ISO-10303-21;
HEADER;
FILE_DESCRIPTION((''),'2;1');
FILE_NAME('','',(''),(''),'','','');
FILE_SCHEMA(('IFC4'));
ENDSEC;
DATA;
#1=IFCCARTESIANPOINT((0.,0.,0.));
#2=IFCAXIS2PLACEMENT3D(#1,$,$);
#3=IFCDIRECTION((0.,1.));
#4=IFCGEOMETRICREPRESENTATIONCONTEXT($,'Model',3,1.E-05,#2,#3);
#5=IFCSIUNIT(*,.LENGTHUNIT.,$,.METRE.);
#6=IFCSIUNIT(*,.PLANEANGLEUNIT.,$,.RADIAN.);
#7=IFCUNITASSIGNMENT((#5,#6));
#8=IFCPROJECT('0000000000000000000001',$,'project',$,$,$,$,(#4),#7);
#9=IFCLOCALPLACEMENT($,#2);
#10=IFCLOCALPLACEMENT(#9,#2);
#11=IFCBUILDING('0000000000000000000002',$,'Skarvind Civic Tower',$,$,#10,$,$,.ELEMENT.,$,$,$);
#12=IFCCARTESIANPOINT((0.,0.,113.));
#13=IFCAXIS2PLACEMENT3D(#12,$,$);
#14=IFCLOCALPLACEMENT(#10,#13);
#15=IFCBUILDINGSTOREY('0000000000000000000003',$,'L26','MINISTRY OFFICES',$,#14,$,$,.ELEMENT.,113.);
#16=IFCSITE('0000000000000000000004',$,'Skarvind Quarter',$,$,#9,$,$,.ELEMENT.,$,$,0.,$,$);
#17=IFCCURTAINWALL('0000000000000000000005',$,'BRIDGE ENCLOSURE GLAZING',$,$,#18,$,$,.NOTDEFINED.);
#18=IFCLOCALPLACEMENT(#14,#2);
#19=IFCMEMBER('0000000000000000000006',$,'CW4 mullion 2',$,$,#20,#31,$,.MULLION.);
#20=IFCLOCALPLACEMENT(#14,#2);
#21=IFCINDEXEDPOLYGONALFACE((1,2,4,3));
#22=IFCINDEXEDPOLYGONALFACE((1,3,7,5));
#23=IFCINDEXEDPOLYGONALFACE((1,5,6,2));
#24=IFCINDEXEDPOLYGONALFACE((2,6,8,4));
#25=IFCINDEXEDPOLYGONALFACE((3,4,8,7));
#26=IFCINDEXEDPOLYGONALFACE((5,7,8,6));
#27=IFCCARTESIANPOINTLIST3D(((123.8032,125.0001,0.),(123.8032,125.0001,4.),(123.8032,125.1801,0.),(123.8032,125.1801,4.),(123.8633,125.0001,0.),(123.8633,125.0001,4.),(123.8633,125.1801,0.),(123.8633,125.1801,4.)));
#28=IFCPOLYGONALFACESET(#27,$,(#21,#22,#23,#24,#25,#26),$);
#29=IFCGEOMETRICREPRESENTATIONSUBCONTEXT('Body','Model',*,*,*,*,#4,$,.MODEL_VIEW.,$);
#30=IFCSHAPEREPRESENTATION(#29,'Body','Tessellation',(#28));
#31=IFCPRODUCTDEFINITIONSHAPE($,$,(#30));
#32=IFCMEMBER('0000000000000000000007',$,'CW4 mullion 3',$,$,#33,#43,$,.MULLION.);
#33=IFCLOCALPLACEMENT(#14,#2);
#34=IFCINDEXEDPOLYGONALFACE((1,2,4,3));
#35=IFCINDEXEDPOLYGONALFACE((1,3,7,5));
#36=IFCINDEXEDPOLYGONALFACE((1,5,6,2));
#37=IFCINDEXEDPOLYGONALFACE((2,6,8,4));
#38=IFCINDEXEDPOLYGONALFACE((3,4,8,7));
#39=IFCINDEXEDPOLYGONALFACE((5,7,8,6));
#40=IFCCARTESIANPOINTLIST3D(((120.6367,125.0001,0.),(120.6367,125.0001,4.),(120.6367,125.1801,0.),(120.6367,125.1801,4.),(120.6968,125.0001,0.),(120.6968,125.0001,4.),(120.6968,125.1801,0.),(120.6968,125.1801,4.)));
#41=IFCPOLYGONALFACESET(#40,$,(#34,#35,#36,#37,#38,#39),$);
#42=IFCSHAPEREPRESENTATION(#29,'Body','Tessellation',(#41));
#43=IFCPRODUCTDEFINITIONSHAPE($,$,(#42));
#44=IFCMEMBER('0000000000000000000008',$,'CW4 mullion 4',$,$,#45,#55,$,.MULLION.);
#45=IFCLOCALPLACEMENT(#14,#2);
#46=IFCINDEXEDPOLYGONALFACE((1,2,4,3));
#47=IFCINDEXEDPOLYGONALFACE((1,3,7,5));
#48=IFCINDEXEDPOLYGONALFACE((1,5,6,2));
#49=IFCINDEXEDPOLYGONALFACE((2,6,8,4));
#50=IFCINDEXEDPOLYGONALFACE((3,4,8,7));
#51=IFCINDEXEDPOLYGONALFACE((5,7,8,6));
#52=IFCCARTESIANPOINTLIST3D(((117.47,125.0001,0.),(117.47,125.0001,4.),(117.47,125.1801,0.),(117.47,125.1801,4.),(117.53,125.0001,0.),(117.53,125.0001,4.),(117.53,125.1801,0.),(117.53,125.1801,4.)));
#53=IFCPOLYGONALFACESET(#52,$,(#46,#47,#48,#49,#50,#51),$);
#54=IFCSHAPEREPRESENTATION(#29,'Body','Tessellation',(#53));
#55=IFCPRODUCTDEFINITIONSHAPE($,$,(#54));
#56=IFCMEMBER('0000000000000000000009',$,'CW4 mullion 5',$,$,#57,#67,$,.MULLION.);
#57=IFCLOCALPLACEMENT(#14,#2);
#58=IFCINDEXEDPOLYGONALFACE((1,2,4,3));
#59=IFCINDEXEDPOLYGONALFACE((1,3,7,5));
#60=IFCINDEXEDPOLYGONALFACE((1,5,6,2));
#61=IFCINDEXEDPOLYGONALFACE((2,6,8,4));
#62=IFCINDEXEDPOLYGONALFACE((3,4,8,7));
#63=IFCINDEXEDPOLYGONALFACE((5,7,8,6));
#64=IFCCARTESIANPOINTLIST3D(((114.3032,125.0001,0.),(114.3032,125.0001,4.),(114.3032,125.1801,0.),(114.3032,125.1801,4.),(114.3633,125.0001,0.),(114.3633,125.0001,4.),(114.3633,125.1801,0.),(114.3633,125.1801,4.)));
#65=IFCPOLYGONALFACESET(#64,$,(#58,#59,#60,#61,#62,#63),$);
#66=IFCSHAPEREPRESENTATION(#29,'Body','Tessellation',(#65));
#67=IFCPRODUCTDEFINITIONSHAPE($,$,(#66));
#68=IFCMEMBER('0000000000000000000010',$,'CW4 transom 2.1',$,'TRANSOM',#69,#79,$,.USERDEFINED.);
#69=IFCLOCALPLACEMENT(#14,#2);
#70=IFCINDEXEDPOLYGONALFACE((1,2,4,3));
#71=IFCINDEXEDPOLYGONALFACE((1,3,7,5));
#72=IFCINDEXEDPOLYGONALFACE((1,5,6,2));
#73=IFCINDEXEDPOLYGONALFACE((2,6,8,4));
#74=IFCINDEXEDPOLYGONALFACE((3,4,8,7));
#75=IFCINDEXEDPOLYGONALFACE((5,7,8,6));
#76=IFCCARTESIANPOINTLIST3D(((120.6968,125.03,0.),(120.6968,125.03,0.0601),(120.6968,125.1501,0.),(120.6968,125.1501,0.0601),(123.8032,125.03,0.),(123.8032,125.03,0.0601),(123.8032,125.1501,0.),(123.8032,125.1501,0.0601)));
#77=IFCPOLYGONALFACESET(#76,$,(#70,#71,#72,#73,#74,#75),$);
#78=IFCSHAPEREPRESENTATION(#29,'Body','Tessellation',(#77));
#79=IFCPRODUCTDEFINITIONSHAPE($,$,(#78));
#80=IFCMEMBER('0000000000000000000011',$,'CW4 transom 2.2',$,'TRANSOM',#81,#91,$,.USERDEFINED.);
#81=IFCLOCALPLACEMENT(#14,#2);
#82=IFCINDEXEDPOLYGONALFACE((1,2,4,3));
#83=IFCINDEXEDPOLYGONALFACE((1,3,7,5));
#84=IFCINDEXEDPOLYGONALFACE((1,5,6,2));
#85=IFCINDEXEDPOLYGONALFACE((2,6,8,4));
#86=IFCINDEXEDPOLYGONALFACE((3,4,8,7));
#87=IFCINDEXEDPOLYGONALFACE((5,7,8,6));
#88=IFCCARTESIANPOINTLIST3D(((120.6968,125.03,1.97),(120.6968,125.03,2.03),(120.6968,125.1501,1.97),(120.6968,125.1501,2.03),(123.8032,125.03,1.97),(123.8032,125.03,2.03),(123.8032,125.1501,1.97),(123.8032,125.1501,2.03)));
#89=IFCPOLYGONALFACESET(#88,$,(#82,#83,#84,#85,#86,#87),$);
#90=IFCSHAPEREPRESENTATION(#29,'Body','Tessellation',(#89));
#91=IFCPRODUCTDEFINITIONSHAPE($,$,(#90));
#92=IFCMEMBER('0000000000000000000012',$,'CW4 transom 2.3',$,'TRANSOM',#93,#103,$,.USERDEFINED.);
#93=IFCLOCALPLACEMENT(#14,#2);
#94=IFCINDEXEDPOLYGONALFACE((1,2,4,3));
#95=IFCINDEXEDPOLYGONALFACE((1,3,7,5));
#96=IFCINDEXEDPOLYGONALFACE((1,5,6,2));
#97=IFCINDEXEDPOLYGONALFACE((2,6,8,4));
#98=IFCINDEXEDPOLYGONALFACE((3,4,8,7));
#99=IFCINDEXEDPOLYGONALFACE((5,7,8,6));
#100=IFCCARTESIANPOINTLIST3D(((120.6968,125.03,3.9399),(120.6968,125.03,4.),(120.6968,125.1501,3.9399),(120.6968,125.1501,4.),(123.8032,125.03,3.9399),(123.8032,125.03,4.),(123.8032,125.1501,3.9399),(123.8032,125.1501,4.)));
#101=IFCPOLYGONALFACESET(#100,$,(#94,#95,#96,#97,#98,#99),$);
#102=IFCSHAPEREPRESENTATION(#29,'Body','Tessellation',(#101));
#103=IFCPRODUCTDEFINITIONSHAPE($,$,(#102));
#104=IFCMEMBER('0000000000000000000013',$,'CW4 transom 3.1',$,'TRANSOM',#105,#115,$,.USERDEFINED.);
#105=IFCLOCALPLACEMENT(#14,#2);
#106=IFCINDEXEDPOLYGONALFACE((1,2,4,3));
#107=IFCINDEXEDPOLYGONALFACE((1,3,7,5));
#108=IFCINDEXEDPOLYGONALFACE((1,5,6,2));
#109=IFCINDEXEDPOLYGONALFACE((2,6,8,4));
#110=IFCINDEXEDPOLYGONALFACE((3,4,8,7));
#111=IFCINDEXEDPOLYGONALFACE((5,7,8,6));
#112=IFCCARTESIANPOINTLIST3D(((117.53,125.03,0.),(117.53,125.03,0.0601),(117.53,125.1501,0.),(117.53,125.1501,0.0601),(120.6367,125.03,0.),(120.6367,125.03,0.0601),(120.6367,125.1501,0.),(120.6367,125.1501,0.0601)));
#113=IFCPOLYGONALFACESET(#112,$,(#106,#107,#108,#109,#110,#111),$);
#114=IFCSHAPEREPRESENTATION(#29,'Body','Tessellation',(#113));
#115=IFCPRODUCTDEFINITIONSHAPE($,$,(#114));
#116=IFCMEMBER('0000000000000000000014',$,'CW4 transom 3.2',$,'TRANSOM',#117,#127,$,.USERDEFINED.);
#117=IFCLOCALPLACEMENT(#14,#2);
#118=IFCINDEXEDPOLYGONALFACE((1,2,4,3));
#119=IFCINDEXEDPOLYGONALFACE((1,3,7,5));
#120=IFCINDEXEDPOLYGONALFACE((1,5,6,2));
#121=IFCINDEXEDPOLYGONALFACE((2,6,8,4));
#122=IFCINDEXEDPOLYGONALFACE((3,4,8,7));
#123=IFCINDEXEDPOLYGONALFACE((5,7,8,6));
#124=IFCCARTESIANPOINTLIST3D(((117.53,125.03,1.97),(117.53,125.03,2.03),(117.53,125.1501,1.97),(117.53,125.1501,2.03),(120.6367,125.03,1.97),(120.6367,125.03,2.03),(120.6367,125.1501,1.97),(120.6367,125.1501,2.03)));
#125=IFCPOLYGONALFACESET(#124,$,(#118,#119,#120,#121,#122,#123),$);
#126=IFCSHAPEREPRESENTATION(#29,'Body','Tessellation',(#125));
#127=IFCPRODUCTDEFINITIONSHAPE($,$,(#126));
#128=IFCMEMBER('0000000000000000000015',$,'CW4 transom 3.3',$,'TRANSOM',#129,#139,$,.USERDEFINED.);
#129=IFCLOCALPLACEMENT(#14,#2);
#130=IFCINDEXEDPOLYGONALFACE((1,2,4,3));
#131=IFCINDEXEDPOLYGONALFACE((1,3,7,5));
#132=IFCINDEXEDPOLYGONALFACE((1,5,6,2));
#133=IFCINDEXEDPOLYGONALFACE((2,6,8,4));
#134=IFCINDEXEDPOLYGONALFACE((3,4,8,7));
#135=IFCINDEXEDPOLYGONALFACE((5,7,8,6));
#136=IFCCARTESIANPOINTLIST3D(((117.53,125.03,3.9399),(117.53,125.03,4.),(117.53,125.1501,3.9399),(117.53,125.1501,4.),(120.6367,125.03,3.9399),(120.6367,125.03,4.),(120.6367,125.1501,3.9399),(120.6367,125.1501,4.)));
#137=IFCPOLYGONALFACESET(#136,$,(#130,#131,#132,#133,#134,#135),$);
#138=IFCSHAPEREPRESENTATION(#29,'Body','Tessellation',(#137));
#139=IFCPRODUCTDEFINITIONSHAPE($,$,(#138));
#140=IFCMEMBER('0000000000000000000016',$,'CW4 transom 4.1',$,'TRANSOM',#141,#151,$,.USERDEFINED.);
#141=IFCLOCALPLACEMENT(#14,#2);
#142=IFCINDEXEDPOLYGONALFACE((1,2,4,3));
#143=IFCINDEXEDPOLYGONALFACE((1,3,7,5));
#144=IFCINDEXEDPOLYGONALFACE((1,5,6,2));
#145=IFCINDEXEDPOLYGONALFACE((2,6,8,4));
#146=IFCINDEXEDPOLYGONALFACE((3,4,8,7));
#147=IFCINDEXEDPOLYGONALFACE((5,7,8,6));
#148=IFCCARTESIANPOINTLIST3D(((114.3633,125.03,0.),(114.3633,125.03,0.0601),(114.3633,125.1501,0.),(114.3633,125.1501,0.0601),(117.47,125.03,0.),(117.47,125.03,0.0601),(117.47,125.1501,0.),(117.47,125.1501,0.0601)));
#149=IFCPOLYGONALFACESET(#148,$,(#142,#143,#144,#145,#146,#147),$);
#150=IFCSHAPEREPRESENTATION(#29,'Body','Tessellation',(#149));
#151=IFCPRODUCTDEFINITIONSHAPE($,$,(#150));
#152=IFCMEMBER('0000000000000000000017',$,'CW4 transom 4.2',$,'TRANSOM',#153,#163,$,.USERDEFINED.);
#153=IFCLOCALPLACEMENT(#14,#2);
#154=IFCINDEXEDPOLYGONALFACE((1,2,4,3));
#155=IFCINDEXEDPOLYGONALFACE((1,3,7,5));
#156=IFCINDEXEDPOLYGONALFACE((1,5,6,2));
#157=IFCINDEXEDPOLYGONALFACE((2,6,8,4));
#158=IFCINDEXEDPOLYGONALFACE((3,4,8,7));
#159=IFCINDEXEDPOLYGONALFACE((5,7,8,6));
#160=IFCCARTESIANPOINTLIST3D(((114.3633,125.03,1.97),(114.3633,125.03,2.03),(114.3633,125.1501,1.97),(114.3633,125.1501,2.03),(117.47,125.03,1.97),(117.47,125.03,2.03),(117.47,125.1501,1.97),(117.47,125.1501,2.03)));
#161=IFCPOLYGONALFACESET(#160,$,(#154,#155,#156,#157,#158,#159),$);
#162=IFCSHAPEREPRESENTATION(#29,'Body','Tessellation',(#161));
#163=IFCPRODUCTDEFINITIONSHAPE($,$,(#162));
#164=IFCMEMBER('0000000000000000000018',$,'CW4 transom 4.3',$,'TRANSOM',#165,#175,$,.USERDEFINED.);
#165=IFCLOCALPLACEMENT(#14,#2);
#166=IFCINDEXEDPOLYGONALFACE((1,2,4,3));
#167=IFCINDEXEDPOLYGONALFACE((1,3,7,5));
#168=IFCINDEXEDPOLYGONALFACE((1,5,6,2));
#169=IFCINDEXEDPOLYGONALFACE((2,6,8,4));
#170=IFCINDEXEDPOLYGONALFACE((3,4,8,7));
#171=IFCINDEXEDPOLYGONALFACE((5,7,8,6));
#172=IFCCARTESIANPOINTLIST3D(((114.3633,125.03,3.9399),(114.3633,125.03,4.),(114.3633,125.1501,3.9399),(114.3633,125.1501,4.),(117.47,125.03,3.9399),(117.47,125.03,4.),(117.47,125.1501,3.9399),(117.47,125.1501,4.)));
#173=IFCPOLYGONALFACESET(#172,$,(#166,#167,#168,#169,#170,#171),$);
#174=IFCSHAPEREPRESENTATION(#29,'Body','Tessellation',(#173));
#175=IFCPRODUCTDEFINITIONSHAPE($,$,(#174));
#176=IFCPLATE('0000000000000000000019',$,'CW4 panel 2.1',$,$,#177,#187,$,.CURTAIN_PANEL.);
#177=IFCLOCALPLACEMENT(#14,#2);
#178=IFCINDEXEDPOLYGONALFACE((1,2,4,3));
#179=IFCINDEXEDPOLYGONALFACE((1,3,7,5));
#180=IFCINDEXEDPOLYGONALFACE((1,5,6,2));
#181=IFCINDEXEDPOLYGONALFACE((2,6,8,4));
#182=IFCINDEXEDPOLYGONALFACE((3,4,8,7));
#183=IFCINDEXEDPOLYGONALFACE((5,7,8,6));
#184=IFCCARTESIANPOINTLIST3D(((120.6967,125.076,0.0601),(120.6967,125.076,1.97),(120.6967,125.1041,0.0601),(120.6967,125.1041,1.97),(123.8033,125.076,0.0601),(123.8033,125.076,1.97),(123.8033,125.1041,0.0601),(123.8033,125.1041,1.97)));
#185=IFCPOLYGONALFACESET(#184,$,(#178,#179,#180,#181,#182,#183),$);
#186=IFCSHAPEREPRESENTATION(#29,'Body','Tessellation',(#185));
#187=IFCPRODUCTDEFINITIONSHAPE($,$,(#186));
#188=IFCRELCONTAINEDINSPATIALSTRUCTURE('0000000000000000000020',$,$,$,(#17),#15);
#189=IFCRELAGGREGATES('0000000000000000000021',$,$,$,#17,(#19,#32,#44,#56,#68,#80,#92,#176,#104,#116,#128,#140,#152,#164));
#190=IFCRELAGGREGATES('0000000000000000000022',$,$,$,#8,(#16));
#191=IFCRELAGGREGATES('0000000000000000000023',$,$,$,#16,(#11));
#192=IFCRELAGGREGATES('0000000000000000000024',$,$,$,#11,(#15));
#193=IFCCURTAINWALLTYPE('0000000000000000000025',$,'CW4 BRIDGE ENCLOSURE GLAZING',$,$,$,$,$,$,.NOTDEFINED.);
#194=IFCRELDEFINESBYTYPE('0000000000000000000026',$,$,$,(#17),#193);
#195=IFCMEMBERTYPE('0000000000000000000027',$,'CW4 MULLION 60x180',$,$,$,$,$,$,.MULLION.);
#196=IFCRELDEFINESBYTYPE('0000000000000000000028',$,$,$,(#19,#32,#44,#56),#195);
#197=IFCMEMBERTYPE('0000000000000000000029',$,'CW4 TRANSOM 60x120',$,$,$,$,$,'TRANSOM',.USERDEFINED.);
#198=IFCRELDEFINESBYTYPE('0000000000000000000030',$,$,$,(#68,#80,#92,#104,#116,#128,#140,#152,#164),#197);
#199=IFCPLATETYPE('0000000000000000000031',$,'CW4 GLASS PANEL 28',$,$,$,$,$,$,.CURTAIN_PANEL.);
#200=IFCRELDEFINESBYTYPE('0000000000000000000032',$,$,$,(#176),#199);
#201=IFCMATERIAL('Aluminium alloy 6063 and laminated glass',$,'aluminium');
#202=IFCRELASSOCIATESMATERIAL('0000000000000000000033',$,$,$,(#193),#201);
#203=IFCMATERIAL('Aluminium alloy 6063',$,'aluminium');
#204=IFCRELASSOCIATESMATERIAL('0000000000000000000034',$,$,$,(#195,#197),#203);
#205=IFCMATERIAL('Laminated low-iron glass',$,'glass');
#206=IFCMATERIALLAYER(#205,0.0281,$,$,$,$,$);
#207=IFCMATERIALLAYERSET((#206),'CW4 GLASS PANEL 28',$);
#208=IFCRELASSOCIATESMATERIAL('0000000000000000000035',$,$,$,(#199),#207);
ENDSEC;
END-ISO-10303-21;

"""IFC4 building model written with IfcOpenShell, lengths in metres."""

from ifc_helpers import new_model, si_unit, direction, frame, origin, origin_2d, place, context, subcontext, project, spatial, rectangle, extrude, material, layer, layer_set, material_profile, profile_set, type_object, element, aggregate, save


model = new_model("IFC4")

# Units and contexts
model_context = context("Model", 3, precision=1e-05, world=origin(), true_north=direction((0.0, 1.0)))
body_context = subcontext(model_context, "Body", "Model", "MODEL_VIEW")
ifc_project = project(units=[si_unit("LENGTHUNIT", "METRE"), si_unit("PLANEANGLEUNIT", "RADIAN")], contexts=[model_context])

# Site, building, storey
site_placement = place(None, origin())
site = spatial("IfcSite", under=ifc_project, at=site_placement, Name="Skarvind Quarter", CompositionType="ELEMENT", RefElevation=0.0)
building_placement = place(site_placement, origin())
building = spatial("IfcBuilding", under=site, at=building_placement, Name="Skarvind Civic Tower", CompositionType="ELEMENT")
storey_placement = place(building_placement, frame((0.0, 0.0, 113.0)))
storey = spatial("IfcBuildingStorey", under=building, at=storey_placement, Name="L26", Description="MINISTRY OFFICES", CompositionType="ELEMENT", Elevation=113.0)

# Curtain wall, members, plate
ifc_material_1 = material(Name="Aluminium alloy 6063 and laminated glass", Category="aluminium")
curtain_wall_type = type_object("IfcCurtainWallType", Name="CW4 BRIDGE ENCLOSURE GLAZING", PredefinedType="NOTDEFINED", material=ifc_material_1)
curtain_wall_placement = place(storey_placement, origin())
curtain_wall = element("IfcCurtainWall", 1, at=curtain_wall_placement, inside=storey, type_object=curtain_wall_type, Name="BRIDGE ENCLOSURE GLAZING", PredefinedType="NOTDEFINED")
ifc_material_2 = material(Name="Aluminium alloy 6063", Category="aluminium")
ifc_material_profile_1 = material_profile(ifc_material_2, rectangle(XDim=0.1799, YDim=0.0601, at=origin_2d()), Name="AL 60x180")
ifc_profile_set_1 = profile_set([ifc_material_profile_1], Name="Aluminium alloy 6063")
member_type_1 = type_object("IfcMemberType", Name="CW4 MULLION 60x180", PredefinedType="MULLION", material=ifc_profile_set_1)
member_1_placement = place(storey_placement, frame((123.8333, 125.0901, 0.0), z_axis=(0.0, 0.0, 1.0), x_axis=(0.0, -1.0, 0.0)))
member_1 = element("IfcMember", 2, at=member_1_placement, type_object=member_type_1, Name="CW4 mullion 2", PredefinedType="MULLION", context=body_context, shape_type="SweptSolid", body=[
    extrude(rectangle(XDim=0.1799, YDim=0.0601, at=origin_2d()), origin(), (0.0, 0.0, 1.0), 4.0),
])
member_2_placement = place(storey_placement, frame((120.6667, 125.0901, 0.0), z_axis=(0.0, 0.0, 1.0), x_axis=(0.0, -1.0, 0.0)))
member_2 = element("IfcMember", 3, at=member_2_placement, type_object=member_type_1, Name="CW4 mullion 3", PredefinedType="MULLION", context=body_context, shape_type="SweptSolid", body=[
    extrude(rectangle(XDim=0.1799, YDim=0.0601, at=origin_2d()), origin(), (0.0, 0.0, 1.0), 4.0),
])
member_3_placement = place(storey_placement, frame((117.5, 125.0901, 0.0), z_axis=(0.0, 0.0, 1.0), x_axis=(0.0, -1.0, 0.0)))
member_3 = element("IfcMember", 4, at=member_3_placement, type_object=member_type_1, Name="CW4 mullion 4", PredefinedType="MULLION", context=body_context, shape_type="SweptSolid", body=[
    extrude(rectangle(XDim=0.1799, YDim=0.0601, at=origin_2d()), origin(), (0.0, 0.0, 1.0), 4.0),
])
member_4_placement = place(storey_placement, frame((114.3333, 125.0901, 0.0), z_axis=(0.0, 0.0, 1.0), x_axis=(0.0, -1.0, 0.0)))
member_4 = element("IfcMember", 5, at=member_4_placement, type_object=member_type_1, Name="CW4 mullion 5", PredefinedType="MULLION", context=body_context, shape_type="SweptSolid", body=[
    extrude(rectangle(XDim=0.1799, YDim=0.0601, at=origin_2d()), origin(), (0.0, 0.0, 1.0), 4.0),
])
ifc_material_profile_2 = material_profile(ifc_material_2, rectangle(XDim=0.1201, YDim=0.0601, at=origin_2d()), Name="AL 60x120")
ifc_profile_set_2 = profile_set([ifc_material_profile_2], Name="Aluminium alloy 6063")
member_type_2 = type_object("IfcMemberType", Name="CW4 TRANSOM 60x120", ElementType="TRANSOM", PredefinedType="USERDEFINED", material=ifc_profile_set_2)
member_5_placement = place(storey_placement, frame((123.8032, 125.0901, 0.03), z_axis=(-1.0, 0.0, 0.0), x_axis=(0.0, -1.0, 0.0)))
member_5 = element("IfcMember", 6, at=member_5_placement, type_object=member_type_2, Name="CW4 transom 2.1", ObjectType="TRANSOM", PredefinedType="USERDEFINED", context=body_context, shape_type="SweptSolid", body=[
    extrude(rectangle(XDim=0.1201, YDim=0.0601, at=origin_2d()), origin(), (0.0, 0.0, 1.0), 3.1064),
])
member_6_placement = place(storey_placement, frame((123.8032, 125.0901, 2.0), z_axis=(-1.0, 0.0, 0.0), x_axis=(0.0, -1.0, 0.0)))
member_6 = element("IfcMember", 7, at=member_6_placement, type_object=member_type_2, Name="CW4 transom 2.2", ObjectType="TRANSOM", PredefinedType="USERDEFINED", context=body_context, shape_type="SweptSolid", body=[
    extrude(rectangle(XDim=0.1201, YDim=0.0601, at=origin_2d()), origin(), (0.0, 0.0, 1.0), 3.1064),
])
member_7_placement = place(storey_placement, frame((123.8032, 125.0901, 3.97), z_axis=(-1.0, 0.0, 0.0), x_axis=(0.0, -1.0, 0.0)))
member_7 = element("IfcMember", 8, at=member_7_placement, type_object=member_type_2, Name="CW4 transom 2.3", ObjectType="TRANSOM", PredefinedType="USERDEFINED", context=body_context, shape_type="SweptSolid", body=[
    extrude(rectangle(XDim=0.1201, YDim=0.0601, at=origin_2d()), origin(), (0.0, 0.0, 1.0), 3.1064),
])
member_8_placement = place(storey_placement, frame((120.6367, 125.0901, 0.03), z_axis=(-1.0, 0.0, 0.0), x_axis=(0.0, -1.0, 0.0)))
member_8 = element("IfcMember", 9, at=member_8_placement, type_object=member_type_2, Name="CW4 transom 3.1", ObjectType="TRANSOM", PredefinedType="USERDEFINED", context=body_context, shape_type="SweptSolid", body=[
    extrude(rectangle(XDim=0.1201, YDim=0.0601, at=origin_2d()), origin(), (0.0, 0.0, 1.0), 3.1067),
])
member_9_placement = place(storey_placement, frame((120.6367, 125.0901, 2.0), z_axis=(-1.0, 0.0, 0.0), x_axis=(0.0, -1.0, 0.0)))
member_9 = element("IfcMember", 10, at=member_9_placement, type_object=member_type_2, Name="CW4 transom 3.2", ObjectType="TRANSOM", PredefinedType="USERDEFINED", context=body_context, shape_type="SweptSolid", body=[
    extrude(rectangle(XDim=0.1201, YDim=0.0601, at=origin_2d()), origin(), (0.0, 0.0, 1.0), 3.1067),
])
member_10_placement = place(storey_placement, frame((120.6367, 125.0901, 3.97), z_axis=(-1.0, 0.0, 0.0), x_axis=(0.0, -1.0, 0.0)))
member_10 = element("IfcMember", 11, at=member_10_placement, type_object=member_type_2, Name="CW4 transom 3.3", ObjectType="TRANSOM", PredefinedType="USERDEFINED", context=body_context, shape_type="SweptSolid", body=[
    extrude(rectangle(XDim=0.1201, YDim=0.0601, at=origin_2d()), origin(), (0.0, 0.0, 1.0), 3.1067),
])
member_11_placement = place(storey_placement, frame((117.47, 125.0901, 0.03), z_axis=(-1.0, 0.0, 0.0), x_axis=(0.0, -1.0, 0.0)))
member_11 = element("IfcMember", 12, at=member_11_placement, type_object=member_type_2, Name="CW4 transom 4.1", ObjectType="TRANSOM", PredefinedType="USERDEFINED", context=body_context, shape_type="SweptSolid", body=[
    extrude(rectangle(XDim=0.1201, YDim=0.0601, at=origin_2d()), origin(), (0.0, 0.0, 1.0), 3.1067),
])
member_12_placement = place(storey_placement, frame((117.47, 125.0901, 2.0), z_axis=(-1.0, 0.0, 0.0), x_axis=(0.0, -1.0, 0.0)))
member_12 = element("IfcMember", 13, at=member_12_placement, type_object=member_type_2, Name="CW4 transom 4.2", ObjectType="TRANSOM", PredefinedType="USERDEFINED", context=body_context, shape_type="SweptSolid", body=[
    extrude(rectangle(XDim=0.1201, YDim=0.0601, at=origin_2d()), origin(), (0.0, 0.0, 1.0), 3.1067),
])
member_13_placement = place(storey_placement, frame((117.47, 125.0901, 3.97), z_axis=(-1.0, 0.0, 0.0), x_axis=(0.0, -1.0, 0.0)))
member_13 = element("IfcMember", 14, at=member_13_placement, type_object=member_type_2, Name="CW4 transom 4.3", ObjectType="TRANSOM", PredefinedType="USERDEFINED", context=body_context, shape_type="SweptSolid", body=[
    extrude(rectangle(XDim=0.1201, YDim=0.0601, at=origin_2d()), origin(), (0.0, 0.0, 1.0), 3.1067),
])
ifc_material_3 = material(Name="Laminated low-iron glass", Category="glass")
ifc_layer = layer(ifc_material_3, 0.0281)
ifc_layer_set = layer_set([ifc_layer], Name="CW4 GLASS PANEL 28")
plate_type = type_object("IfcPlateType", Name="CW4 GLASS PANEL 28", PredefinedType="CURTAIN_PANEL", material=ifc_layer_set)
plate_1_placement = place(storey_placement, frame((122.25, 125.0901, 0.0601), z_axis=(0.0, 0.0, 1.0), x_axis=(-1.0, 0.0, 0.0)))
plate_1 = element("IfcPlate", 15, at=plate_1_placement, type_object=plate_type, Name="CW4 panel 2.1", PredefinedType="CURTAIN_PANEL", context=body_context, shape_type="SweptSolid", body=[
    extrude(rectangle(XDim=3.1067, YDim=0.0281, at=origin_2d()), origin(), (0.0, 0.0, 1.0), 1.9099),
])
aggregate(curtain_wall, [member_1, member_2, member_3, member_4, member_5, member_6, member_7, plate_1, member_8, member_9, member_10, member_11, member_12, member_13])

save(model, "model.ifc")
